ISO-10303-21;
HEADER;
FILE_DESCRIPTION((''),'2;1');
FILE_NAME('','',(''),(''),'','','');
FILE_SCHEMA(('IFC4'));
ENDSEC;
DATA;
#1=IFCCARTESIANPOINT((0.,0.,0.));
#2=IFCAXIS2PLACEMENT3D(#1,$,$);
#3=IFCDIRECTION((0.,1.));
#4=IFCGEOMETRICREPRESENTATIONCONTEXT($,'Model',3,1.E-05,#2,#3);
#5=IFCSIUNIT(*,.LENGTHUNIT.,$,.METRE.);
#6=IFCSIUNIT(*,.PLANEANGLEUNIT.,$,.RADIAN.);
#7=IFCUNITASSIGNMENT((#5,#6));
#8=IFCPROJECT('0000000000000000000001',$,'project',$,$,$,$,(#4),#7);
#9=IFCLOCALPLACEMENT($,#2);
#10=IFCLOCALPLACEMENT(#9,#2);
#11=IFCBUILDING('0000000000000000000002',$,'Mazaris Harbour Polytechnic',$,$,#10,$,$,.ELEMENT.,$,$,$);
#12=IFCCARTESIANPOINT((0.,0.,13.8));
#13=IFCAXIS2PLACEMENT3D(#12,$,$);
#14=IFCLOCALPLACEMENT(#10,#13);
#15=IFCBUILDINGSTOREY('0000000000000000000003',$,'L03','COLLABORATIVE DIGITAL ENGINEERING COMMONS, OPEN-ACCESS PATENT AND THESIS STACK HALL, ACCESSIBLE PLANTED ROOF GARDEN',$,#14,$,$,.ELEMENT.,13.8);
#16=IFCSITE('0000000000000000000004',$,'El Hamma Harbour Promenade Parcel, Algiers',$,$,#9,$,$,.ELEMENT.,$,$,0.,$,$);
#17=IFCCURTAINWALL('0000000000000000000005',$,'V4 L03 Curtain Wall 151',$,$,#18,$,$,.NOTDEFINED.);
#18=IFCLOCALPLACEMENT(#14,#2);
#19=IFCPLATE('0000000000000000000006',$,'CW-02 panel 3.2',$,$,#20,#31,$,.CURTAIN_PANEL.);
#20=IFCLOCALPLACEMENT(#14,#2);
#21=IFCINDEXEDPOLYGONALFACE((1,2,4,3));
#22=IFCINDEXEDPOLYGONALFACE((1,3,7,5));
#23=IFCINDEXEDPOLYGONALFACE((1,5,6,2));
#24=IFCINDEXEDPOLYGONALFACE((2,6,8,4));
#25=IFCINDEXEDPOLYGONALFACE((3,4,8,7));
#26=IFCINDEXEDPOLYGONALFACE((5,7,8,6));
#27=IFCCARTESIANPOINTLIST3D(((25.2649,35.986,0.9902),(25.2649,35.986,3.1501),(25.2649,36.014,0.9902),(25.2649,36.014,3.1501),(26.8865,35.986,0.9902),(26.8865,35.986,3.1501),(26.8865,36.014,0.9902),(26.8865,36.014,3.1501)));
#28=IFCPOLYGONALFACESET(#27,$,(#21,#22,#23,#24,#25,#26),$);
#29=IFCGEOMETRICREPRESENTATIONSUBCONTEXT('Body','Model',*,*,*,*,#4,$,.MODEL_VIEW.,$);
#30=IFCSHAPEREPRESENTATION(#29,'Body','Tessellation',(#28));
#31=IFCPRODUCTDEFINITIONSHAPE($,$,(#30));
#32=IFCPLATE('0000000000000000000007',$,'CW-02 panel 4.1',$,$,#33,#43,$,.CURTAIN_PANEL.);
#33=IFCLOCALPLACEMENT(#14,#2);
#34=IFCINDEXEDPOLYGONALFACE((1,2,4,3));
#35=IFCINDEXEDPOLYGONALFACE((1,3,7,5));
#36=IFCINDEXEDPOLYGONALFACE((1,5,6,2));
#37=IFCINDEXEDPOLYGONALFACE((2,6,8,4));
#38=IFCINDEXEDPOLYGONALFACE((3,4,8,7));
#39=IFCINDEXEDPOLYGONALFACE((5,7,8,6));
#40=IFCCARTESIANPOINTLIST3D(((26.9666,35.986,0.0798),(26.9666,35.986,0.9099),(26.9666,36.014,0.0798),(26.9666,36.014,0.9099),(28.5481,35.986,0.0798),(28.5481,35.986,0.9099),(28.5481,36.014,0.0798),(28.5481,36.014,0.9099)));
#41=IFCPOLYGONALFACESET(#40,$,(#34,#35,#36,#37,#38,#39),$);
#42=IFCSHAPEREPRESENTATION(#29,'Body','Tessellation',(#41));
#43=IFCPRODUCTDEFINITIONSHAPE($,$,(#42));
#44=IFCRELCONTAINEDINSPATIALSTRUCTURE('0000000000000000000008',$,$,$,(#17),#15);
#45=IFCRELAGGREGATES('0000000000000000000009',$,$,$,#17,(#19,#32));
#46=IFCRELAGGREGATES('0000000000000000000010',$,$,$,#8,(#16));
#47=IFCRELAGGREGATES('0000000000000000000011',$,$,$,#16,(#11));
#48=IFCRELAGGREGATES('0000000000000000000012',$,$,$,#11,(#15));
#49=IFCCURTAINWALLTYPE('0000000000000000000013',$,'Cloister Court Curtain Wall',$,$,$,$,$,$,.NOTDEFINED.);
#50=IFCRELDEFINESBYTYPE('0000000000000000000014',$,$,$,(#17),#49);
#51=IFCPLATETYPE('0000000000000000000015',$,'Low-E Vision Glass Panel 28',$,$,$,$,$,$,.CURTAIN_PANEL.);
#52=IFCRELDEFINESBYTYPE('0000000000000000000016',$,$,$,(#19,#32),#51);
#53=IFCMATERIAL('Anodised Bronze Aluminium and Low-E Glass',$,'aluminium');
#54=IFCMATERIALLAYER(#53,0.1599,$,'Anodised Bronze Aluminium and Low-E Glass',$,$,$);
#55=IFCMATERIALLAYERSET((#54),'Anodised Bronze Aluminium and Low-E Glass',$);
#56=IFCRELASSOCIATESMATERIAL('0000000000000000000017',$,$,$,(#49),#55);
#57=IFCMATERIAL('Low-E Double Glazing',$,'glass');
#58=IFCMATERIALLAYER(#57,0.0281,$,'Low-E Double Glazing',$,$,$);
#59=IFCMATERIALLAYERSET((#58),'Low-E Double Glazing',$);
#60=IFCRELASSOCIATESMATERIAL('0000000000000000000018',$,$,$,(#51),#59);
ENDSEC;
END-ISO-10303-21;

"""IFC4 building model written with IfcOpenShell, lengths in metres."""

from ifc_helpers import new_model, si_unit, direction, frame, origin, origin_2d, place, context, subcontext, project, spatial, rectangle, extrude, material, layer, layer_set, type_object, element, aggregate, save


model = new_model("IFC4")

# Units and contexts
model_context = context("Model", 3, precision=1e-05, world=origin(), true_north=direction((0.0, 1.0)))
body_context = subcontext(model_context, "Body", "Model", "MODEL_VIEW")
ifc_project = project(units=[si_unit("LENGTHUNIT", "METRE"), si_unit("PLANEANGLEUNIT", "RADIAN")], contexts=[model_context])

# Site, building, storey
site_placement = place(None, origin())
site = spatial("IfcSite", under=ifc_project, at=site_placement, Name="El Hamma Harbour Promenade Parcel, Algiers", CompositionType="ELEMENT", RefElevation=0.0)
building_placement = place(site_placement, origin())
building = spatial("IfcBuilding", under=site, at=building_placement, Name="Mazaris Harbour Polytechnic", CompositionType="ELEMENT")
storey_placement = place(building_placement, frame((0.0, 0.0, 13.8)))
storey = spatial("IfcBuildingStorey", under=building, at=storey_placement, Name="L03", Description="COLLABORATIVE DIGITAL ENGINEERING COMMONS, OPEN-ACCESS PATENT AND THESIS STACK HALL, ACCESSIBLE PLANTED ROOF GARDEN", CompositionType="ELEMENT", Elevation=13.8)

# Curtain wall
ifc_material_1 = material(Name="Anodised Bronze Aluminium and Low-E Glass", Category="aluminium")
ifc_layer_1 = layer(ifc_material_1, 0.1599, Name="Anodised Bronze Aluminium and Low-E Glass")
ifc_layer_set_1 = layer_set([ifc_layer_1], Name="Anodised Bronze Aluminium and Low-E Glass")
curtain_wall_type = type_object("IfcCurtainWallType", Name="Cloister Court Curtain Wall", PredefinedType="NOTDEFINED", material=ifc_layer_set_1)
curtain_wall_placement = place(storey_placement, origin())
curtain_wall = element("IfcCurtainWall", 1, at=curtain_wall_placement, inside=storey, type_object=curtain_wall_type, Name="V4 L03 Curtain Wall 151", PredefinedType="NOTDEFINED")

# Plates
ifc_material_2 = material(Name="Low-E Double Glazing", Category="glass")
ifc_layer_2 = layer(ifc_material_2, 0.0281, Name="Low-E Double Glazing")
ifc_layer_set_2 = layer_set([ifc_layer_2], Name="Low-E Double Glazing")
plate_type = type_object("IfcPlateType", Name="Low-E Vision Glass Panel 28", PredefinedType="CURTAIN_PANEL", material=ifc_layer_set_2)
plate_1_placement = place(storey_placement, frame((26.0757, 36.0, 0.9902), z_axis=(0.0, 0.0, 1.0), x_axis=(1.0, 0.0, 0.0)))
plate_1 = element("IfcPlate", 2, at=plate_1_placement, type_object=plate_type, Name="CW-02 panel 3.2", PredefinedType="CURTAIN_PANEL", context=body_context, shape_type="SweptSolid", body=[
    extrude(rectangle(XDim=1.6216, YDim=0.0281, at=origin_2d()), origin(), (0.0, 0.0, 1.0), 2.1599),
])
plate_2_placement = place(storey_placement, frame((27.7573, 36.0, 0.0798), z_axis=(0.0, 0.0, 1.0), x_axis=(1.0, 0.0, 0.0)))
plate_2 = element("IfcPlate", 3, at=plate_2_placement, type_object=plate_type, Name="CW-02 panel 4.1", PredefinedType="CURTAIN_PANEL", context=body_context, shape_type="SweptSolid", body=[
    extrude(rectangle(XDim=1.5815, YDim=0.0281, at=origin_2d()), origin(), (0.0, 0.0, 1.0), 0.8301),
])
aggregate(curtain_wall, [plate_1, plate_2])

save(model, "model.ifc")
